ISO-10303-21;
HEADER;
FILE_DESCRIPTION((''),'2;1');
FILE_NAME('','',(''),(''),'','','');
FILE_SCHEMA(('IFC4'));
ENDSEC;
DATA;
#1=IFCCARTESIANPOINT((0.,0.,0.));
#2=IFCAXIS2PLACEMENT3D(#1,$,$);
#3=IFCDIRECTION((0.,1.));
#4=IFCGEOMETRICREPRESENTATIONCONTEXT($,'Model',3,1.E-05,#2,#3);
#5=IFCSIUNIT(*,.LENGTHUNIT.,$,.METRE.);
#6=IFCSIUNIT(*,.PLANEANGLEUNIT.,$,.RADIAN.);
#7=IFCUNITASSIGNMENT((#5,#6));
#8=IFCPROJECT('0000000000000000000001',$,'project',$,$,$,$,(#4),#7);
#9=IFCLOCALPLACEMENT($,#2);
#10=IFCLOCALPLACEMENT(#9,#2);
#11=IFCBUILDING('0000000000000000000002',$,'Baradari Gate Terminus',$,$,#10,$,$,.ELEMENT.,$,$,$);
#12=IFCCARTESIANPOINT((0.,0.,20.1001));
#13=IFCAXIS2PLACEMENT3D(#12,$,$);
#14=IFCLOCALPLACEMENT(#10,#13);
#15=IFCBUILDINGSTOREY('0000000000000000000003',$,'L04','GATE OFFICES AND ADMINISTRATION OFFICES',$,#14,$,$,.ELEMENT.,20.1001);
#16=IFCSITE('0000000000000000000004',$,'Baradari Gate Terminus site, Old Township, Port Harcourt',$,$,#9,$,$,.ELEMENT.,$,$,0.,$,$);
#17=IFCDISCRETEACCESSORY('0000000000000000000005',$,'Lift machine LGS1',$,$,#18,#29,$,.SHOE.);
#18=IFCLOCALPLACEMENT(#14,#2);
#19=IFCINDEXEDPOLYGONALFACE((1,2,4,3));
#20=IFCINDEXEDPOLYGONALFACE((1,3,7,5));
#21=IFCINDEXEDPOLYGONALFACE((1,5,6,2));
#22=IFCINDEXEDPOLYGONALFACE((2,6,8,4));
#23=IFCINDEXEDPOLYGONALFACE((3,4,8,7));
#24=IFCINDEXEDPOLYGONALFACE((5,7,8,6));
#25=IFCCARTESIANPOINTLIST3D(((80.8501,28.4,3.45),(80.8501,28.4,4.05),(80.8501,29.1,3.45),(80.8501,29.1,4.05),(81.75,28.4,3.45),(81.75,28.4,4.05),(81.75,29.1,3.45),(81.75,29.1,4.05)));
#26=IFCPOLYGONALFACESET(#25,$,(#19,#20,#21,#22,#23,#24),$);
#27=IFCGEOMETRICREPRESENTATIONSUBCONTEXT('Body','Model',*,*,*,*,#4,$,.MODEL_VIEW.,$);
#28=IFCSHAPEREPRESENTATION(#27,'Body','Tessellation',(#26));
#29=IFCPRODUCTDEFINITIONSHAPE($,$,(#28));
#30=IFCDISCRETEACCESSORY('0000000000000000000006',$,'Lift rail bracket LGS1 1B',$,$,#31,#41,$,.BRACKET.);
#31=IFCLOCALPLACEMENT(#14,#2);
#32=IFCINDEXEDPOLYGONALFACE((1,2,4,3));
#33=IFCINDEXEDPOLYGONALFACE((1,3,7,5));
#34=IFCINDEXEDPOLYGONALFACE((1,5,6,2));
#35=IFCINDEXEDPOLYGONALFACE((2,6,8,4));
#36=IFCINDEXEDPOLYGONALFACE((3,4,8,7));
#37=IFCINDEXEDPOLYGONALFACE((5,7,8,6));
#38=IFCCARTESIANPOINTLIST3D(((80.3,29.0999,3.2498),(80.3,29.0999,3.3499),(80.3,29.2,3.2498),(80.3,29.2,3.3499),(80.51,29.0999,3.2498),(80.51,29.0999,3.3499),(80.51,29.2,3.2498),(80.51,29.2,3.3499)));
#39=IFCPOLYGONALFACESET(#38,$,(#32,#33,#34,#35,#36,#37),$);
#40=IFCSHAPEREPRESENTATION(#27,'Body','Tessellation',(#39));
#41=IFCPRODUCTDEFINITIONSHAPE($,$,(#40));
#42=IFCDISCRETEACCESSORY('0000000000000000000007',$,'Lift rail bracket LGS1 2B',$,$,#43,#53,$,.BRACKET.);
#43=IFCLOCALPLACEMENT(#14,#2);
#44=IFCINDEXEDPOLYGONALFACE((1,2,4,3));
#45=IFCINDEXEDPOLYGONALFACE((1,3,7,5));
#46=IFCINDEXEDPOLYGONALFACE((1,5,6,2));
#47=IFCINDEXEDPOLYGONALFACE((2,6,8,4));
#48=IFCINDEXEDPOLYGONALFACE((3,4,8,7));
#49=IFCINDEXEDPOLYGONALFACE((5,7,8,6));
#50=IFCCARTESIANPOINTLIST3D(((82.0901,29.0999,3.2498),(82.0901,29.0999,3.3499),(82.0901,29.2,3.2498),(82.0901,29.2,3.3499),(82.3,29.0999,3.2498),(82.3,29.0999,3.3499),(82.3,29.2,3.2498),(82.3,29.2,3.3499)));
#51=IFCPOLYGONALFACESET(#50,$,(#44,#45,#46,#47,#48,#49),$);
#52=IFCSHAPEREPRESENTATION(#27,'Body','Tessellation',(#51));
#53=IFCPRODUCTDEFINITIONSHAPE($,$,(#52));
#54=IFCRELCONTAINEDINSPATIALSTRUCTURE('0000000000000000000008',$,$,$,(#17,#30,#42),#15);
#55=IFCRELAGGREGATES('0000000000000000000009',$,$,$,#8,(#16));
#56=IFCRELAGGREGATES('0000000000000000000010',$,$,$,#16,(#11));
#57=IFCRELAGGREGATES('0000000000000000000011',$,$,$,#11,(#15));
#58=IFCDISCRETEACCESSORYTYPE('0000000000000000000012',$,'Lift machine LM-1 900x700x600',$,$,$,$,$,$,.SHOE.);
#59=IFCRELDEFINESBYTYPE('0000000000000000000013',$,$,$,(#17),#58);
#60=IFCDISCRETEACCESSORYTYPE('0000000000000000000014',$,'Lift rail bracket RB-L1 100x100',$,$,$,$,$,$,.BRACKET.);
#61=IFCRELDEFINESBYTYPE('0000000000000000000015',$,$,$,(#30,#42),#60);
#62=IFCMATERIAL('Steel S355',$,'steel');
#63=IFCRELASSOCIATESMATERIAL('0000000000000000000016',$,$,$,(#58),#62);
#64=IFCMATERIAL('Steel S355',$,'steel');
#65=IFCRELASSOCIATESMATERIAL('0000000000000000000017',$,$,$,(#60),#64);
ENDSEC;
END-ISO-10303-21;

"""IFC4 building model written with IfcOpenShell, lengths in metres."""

from ifc_helpers import new_model, si_unit, direction, frame, origin, origin_2d, place, context, subcontext, project, spatial, rectangle, extrude, material, type_object, element, save


model = new_model("IFC4")

# Units and contexts
model_context = context("Model", 3, precision=1e-05, world=origin(), true_north=direction((0.0, 1.0)))
body_context = subcontext(model_context, "Body", "Model", "MODEL_VIEW")
ifc_project = project(units=[si_unit("LENGTHUNIT", "METRE"), si_unit("PLANEANGLEUNIT", "RADIAN")], contexts=[model_context])

# Site, building, storey
site_placement = place(None, origin())
site = spatial("IfcSite", under=ifc_project, at=site_placement, Name="Baradari Gate Terminus site, Old Township, Port Harcourt", CompositionType="ELEMENT", RefElevation=0.0)
building_placement = place(site_placement, origin())
building = spatial("IfcBuilding", under=site, at=building_placement, Name="Baradari Gate Terminus", CompositionType="ELEMENT")
storey_placement = place(building_placement, frame((0.0, 0.0, 20.1001)))
storey = spatial("IfcBuildingStorey", under=building, at=storey_placement, Name="L04", Description="GATE OFFICES AND ADMINISTRATION OFFICES", CompositionType="ELEMENT", Elevation=20.1001)

# Discrete accessories
ifc_material_1 = material(Name="Steel S355", Category="steel")
discrete_accessory_type_1 = type_object("IfcDiscreteAccessoryType", Name="Lift machine LM-1 900x700x600", PredefinedType="SHOE", material=ifc_material_1)
discrete_accessory_placement = place(storey_placement, frame((81.3, 28.75, 3.45), z_axis=(0.0, 0.0, 1.0), x_axis=(1.0, 0.0, 0.0)))
element("IfcDiscreteAccessory", 1, at=discrete_accessory_placement, inside=storey, type_object=discrete_accessory_type_1, Name="Lift machine LGS1", PredefinedType="SHOE", context=body_context, shape_type="SweptSolid", body=[
    extrude(rectangle(XDim=0.8999, YDim=0.7, at=origin_2d()), origin(), (0.0, 0.0, 1.0), 0.6001),
])
ifc_material_2 = material(Name="Steel S355", Category="steel")
discrete_accessory_type_2 = type_object("IfcDiscreteAccessoryType", Name="Lift rail bracket RB-L1 100x100", PredefinedType="BRACKET", material=ifc_material_2)
for number, where, z_axis, x_axis, name in (
    (2, (80.405, 29.1499, 3.2498), (0.0, 0.0, 1.0), (1.0, 0.0, 0.0), "Lift rail bracket LGS1 1B"),
    (3, (82.1951, 29.1499, 3.2498), (0.0, 0.0, 1.0), (1.0, 0.0, 0.0), "Lift rail bracket LGS1 2B"),
):
    element("IfcDiscreteAccessory", number, at=place(storey_placement, frame(where, z_axis=z_axis, x_axis=x_axis)), inside=storey, type_object=discrete_accessory_type_2, Name=name, PredefinedType="BRACKET", context=body_context, shape_type="SweptSolid", body=[
        extrude(rectangle(XDim=0.21, YDim=0.1001, at=origin_2d()), origin(), (0.0, 0.0, 1.0), 0.1001),
    ])

save(model, "model.ifc")
